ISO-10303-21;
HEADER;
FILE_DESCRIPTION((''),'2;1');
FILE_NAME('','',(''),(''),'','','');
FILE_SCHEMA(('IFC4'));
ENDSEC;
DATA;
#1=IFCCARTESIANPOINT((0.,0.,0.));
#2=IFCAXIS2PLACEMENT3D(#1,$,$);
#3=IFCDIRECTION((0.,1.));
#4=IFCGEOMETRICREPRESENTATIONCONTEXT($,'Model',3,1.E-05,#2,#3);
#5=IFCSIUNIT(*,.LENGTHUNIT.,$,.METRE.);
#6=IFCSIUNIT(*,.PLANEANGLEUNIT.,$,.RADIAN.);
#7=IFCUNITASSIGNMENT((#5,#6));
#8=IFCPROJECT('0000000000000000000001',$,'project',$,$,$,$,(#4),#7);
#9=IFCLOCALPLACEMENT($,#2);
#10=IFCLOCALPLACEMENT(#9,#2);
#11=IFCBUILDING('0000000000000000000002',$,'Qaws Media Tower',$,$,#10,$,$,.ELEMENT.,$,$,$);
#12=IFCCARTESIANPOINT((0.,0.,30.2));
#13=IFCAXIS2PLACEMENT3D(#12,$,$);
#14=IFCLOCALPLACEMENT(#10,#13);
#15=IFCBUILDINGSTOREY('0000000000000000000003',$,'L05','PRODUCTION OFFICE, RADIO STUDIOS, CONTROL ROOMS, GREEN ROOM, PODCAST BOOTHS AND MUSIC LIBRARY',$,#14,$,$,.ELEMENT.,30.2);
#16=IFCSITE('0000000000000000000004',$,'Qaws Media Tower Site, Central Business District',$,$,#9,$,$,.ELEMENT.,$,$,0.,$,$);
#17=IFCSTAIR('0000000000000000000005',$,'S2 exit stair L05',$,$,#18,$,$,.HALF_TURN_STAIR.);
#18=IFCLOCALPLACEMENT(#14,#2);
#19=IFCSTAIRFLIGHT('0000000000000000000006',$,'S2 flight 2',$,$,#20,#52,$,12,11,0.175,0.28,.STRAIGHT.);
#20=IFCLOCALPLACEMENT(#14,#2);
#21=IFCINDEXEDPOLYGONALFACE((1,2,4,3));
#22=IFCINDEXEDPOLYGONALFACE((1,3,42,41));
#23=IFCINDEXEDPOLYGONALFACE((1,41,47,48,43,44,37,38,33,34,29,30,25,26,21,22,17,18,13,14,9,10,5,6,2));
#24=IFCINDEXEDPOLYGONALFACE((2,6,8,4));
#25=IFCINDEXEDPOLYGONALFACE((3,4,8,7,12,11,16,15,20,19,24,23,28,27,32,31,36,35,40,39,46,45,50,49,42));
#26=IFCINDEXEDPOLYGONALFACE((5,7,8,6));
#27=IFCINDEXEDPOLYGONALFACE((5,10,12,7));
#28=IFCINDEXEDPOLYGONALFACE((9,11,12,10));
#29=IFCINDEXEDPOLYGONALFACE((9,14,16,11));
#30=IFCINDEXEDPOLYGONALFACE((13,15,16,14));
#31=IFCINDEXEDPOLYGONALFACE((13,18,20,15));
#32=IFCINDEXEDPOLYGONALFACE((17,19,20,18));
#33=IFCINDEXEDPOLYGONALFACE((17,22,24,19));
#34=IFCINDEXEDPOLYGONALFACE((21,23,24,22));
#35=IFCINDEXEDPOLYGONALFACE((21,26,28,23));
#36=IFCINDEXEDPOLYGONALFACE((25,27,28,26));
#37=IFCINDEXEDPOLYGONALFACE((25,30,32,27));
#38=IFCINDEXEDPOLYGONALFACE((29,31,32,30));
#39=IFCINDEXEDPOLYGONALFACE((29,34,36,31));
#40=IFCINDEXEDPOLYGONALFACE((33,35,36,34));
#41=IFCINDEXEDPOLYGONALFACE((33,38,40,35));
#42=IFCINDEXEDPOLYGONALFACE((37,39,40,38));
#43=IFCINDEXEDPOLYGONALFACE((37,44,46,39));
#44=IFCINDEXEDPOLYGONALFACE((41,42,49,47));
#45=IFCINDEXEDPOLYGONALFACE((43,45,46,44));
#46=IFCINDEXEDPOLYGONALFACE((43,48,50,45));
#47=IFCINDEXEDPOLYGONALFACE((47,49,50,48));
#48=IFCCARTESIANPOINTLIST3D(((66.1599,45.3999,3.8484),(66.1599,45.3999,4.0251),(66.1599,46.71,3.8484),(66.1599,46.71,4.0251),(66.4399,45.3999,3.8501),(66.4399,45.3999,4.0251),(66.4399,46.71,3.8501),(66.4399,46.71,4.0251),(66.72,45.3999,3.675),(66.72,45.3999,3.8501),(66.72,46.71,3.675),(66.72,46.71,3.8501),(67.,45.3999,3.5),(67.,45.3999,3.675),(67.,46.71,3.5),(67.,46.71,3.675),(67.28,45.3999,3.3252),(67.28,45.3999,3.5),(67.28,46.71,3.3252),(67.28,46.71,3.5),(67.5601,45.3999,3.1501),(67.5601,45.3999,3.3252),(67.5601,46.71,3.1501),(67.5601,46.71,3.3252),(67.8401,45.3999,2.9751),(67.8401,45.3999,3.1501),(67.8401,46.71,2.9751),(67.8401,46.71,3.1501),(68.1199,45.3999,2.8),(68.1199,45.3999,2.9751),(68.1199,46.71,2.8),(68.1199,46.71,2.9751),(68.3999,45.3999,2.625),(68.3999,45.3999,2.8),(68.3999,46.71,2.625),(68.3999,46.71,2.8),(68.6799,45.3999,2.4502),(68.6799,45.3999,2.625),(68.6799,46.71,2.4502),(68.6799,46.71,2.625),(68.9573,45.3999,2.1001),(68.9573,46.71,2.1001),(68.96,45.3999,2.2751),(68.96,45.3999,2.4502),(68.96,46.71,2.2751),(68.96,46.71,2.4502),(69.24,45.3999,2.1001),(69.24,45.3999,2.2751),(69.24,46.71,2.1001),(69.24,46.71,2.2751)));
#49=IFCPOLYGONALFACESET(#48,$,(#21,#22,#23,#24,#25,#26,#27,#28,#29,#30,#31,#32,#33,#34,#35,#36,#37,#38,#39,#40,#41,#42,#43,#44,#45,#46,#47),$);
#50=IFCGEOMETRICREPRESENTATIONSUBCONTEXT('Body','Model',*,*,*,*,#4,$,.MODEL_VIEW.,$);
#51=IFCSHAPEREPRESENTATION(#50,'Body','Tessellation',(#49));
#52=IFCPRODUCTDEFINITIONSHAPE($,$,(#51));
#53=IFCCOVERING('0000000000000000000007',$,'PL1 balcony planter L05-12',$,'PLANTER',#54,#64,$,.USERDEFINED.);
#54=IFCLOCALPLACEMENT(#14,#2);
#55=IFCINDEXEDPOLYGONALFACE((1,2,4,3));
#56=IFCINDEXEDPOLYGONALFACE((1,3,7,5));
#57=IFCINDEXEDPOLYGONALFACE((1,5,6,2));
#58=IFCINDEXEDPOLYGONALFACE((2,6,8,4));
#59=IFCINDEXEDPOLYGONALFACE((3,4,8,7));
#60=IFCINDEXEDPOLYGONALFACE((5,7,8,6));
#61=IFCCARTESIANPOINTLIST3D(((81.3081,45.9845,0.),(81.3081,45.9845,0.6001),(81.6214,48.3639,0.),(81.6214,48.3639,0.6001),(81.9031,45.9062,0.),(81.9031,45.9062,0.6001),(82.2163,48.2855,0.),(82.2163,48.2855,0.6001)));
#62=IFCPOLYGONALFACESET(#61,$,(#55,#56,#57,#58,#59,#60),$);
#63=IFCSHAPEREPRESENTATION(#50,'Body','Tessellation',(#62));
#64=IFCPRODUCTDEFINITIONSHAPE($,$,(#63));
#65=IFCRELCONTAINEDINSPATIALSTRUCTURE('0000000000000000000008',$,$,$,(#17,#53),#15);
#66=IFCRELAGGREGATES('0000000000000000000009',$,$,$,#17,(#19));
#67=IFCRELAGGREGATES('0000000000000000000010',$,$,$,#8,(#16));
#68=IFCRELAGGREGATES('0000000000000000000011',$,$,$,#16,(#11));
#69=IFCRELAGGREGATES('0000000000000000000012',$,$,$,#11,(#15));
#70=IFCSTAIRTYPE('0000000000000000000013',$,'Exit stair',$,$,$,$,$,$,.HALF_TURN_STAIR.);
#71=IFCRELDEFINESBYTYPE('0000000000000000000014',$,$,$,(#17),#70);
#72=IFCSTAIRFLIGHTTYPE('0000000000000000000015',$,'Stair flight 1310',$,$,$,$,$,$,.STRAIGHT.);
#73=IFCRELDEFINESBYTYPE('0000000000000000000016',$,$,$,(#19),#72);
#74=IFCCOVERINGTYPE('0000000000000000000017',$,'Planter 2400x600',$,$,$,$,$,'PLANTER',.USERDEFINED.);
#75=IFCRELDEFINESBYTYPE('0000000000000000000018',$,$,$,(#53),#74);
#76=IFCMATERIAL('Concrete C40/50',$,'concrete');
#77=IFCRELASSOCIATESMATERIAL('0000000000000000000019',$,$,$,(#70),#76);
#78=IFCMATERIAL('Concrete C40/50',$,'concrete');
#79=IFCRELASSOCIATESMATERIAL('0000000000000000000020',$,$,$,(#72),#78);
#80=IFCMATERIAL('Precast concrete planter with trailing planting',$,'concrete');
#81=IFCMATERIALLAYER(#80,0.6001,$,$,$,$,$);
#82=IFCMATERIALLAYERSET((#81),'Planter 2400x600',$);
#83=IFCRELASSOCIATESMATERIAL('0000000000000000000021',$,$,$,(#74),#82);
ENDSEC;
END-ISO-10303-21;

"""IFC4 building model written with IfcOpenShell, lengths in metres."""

from ifc_helpers import new_model, si_unit, direction, frame, origin, origin_2d, place, context, subcontext, project, spatial, polyline, rectangle, outline, extrude, material, layer, layer_set, type_object, element, aggregate, save


model = new_model("IFC4")

# Units and contexts
model_context = context("Model", 3, precision=1e-05, world=origin(), true_north=direction((0.0, 1.0)))
body_context = subcontext(model_context, "Body", "Model", "MODEL_VIEW")
ifc_project = project(units=[si_unit("LENGTHUNIT", "METRE"), si_unit("PLANEANGLEUNIT", "RADIAN")], contexts=[model_context])

# Site, building, storey
site_placement = place(None, origin())
site = spatial("IfcSite", under=ifc_project, at=site_placement, Name="Qaws Media Tower Site, Central Business District", CompositionType="ELEMENT", RefElevation=0.0)
building_placement = place(site_placement, origin())
building = spatial("IfcBuilding", under=site, at=building_placement, Name="Qaws Media Tower", CompositionType="ELEMENT")
storey_placement = place(building_placement, frame((0.0, 0.0, 30.2)))
storey = spatial("IfcBuildingStorey", under=building, at=storey_placement, Name="L05", Description="PRODUCTION OFFICE, RADIO STUDIOS, CONTROL ROOMS, GREEN ROOM, PODCAST BOOTHS AND MUSIC LIBRARY", CompositionType="ELEMENT", Elevation=30.2)

# Stair, stair flight
ifc_material_1 = material(Name="Concrete C40/50", Category="concrete")
stair_type = type_object("IfcStairType", Name="Exit stair", PredefinedType="HALF_TURN_STAIR", material=ifc_material_1)
stair_placement = place(storey_placement, origin())
stair = element("IfcStair", 1, at=stair_placement, inside=storey, type_object=stair_type, Name="S2 exit stair L05", PredefinedType="HALF_TURN_STAIR")
ifc_material_2 = material(Name="Concrete C40/50", Category="concrete")
stair_flight_type = type_object("IfcStairFlightType", Name="Stair flight 1310", PredefinedType="STRAIGHT", material=ifc_material_2)
stair_flight_placement = place(storey_placement, frame((69.24, 46.0549, 2.1001), z_axis=(0.0, 0.0, 1.0), x_axis=(-1.0, 0.0, 0.0)))
stair_flight = element("IfcStairFlight", 2, at=stair_flight_placement, type_object=stair_flight_type, Name="S2 flight 2", NumberOfRisers=12, NumberOfTreads=11, PredefinedType="STRAIGHT", RiserHeight=0.175, TreadLength=0.28, context=body_context, shape_type="SweptSolid", body=[
    extrude(outline(polyline([(0.0, 0.0), (0.0, 0.175), (0.28, 0.175), (0.28, 0.3501), (0.5601, 0.3501), (0.5601, 0.5249), (0.8401, 0.5249), (0.8401, 0.7), (1.1201, 0.7), (1.1201, 0.875), (1.3999, 0.875), (1.3999, 1.05), (1.6799, 1.05), (1.6799, 1.2251), (1.96, 1.2251), (1.96, 1.3999), (2.24, 1.3999), (2.24, 1.575), (2.52, 1.575), (2.52, 1.75), (2.8, 1.75), (2.8, 1.925), (3.0801, 1.925), (3.0801, 2.1001), (3.0801, 1.7483), (0.2827, 0.0), (0.0, 0.0)])), frame((0.0, 0.655, 0.0), z_axis=(0.0, -1.0, 0.0), x_axis=(1.0, 0.0, 0.0)), (0.0, 0.0, 1.0), 1.3101),
])
aggregate(stair, [stair_flight])

# Covering
ifc_material_3 = material(Name="Precast concrete planter with trailing planting", Category="concrete")
ifc_layer_1 = layer(ifc_material_3, 0.6001)
ifc_layer_set_1 = layer_set([ifc_layer_1], Name="Planter 2400x600")
covering_type = type_object("IfcCoveringType", Name="Planter 2400x600", ElementType="PLANTER", PredefinedType="USERDEFINED", material=ifc_layer_set_1)
covering_placement = place(storey_placement, frame((81.7622, 47.135, 0.0), z_axis=(0.0, 0.0, 1.0), x_axis=(0.130526, 0.991445, 0.0)))
element("IfcCovering", 3, at=covering_placement, inside=storey, type_object=covering_type, Name="PL1 balcony planter L05-12", ObjectType="PLANTER", PredefinedType="USERDEFINED", context=body_context, shape_type="SweptSolid", body=[
    extrude(rectangle(XDim=2.3999, YDim=0.6001, at=origin_2d()), origin(), (0.0, 0.0, 1.0), 0.6001),
])

save(model, "model.ifc")
